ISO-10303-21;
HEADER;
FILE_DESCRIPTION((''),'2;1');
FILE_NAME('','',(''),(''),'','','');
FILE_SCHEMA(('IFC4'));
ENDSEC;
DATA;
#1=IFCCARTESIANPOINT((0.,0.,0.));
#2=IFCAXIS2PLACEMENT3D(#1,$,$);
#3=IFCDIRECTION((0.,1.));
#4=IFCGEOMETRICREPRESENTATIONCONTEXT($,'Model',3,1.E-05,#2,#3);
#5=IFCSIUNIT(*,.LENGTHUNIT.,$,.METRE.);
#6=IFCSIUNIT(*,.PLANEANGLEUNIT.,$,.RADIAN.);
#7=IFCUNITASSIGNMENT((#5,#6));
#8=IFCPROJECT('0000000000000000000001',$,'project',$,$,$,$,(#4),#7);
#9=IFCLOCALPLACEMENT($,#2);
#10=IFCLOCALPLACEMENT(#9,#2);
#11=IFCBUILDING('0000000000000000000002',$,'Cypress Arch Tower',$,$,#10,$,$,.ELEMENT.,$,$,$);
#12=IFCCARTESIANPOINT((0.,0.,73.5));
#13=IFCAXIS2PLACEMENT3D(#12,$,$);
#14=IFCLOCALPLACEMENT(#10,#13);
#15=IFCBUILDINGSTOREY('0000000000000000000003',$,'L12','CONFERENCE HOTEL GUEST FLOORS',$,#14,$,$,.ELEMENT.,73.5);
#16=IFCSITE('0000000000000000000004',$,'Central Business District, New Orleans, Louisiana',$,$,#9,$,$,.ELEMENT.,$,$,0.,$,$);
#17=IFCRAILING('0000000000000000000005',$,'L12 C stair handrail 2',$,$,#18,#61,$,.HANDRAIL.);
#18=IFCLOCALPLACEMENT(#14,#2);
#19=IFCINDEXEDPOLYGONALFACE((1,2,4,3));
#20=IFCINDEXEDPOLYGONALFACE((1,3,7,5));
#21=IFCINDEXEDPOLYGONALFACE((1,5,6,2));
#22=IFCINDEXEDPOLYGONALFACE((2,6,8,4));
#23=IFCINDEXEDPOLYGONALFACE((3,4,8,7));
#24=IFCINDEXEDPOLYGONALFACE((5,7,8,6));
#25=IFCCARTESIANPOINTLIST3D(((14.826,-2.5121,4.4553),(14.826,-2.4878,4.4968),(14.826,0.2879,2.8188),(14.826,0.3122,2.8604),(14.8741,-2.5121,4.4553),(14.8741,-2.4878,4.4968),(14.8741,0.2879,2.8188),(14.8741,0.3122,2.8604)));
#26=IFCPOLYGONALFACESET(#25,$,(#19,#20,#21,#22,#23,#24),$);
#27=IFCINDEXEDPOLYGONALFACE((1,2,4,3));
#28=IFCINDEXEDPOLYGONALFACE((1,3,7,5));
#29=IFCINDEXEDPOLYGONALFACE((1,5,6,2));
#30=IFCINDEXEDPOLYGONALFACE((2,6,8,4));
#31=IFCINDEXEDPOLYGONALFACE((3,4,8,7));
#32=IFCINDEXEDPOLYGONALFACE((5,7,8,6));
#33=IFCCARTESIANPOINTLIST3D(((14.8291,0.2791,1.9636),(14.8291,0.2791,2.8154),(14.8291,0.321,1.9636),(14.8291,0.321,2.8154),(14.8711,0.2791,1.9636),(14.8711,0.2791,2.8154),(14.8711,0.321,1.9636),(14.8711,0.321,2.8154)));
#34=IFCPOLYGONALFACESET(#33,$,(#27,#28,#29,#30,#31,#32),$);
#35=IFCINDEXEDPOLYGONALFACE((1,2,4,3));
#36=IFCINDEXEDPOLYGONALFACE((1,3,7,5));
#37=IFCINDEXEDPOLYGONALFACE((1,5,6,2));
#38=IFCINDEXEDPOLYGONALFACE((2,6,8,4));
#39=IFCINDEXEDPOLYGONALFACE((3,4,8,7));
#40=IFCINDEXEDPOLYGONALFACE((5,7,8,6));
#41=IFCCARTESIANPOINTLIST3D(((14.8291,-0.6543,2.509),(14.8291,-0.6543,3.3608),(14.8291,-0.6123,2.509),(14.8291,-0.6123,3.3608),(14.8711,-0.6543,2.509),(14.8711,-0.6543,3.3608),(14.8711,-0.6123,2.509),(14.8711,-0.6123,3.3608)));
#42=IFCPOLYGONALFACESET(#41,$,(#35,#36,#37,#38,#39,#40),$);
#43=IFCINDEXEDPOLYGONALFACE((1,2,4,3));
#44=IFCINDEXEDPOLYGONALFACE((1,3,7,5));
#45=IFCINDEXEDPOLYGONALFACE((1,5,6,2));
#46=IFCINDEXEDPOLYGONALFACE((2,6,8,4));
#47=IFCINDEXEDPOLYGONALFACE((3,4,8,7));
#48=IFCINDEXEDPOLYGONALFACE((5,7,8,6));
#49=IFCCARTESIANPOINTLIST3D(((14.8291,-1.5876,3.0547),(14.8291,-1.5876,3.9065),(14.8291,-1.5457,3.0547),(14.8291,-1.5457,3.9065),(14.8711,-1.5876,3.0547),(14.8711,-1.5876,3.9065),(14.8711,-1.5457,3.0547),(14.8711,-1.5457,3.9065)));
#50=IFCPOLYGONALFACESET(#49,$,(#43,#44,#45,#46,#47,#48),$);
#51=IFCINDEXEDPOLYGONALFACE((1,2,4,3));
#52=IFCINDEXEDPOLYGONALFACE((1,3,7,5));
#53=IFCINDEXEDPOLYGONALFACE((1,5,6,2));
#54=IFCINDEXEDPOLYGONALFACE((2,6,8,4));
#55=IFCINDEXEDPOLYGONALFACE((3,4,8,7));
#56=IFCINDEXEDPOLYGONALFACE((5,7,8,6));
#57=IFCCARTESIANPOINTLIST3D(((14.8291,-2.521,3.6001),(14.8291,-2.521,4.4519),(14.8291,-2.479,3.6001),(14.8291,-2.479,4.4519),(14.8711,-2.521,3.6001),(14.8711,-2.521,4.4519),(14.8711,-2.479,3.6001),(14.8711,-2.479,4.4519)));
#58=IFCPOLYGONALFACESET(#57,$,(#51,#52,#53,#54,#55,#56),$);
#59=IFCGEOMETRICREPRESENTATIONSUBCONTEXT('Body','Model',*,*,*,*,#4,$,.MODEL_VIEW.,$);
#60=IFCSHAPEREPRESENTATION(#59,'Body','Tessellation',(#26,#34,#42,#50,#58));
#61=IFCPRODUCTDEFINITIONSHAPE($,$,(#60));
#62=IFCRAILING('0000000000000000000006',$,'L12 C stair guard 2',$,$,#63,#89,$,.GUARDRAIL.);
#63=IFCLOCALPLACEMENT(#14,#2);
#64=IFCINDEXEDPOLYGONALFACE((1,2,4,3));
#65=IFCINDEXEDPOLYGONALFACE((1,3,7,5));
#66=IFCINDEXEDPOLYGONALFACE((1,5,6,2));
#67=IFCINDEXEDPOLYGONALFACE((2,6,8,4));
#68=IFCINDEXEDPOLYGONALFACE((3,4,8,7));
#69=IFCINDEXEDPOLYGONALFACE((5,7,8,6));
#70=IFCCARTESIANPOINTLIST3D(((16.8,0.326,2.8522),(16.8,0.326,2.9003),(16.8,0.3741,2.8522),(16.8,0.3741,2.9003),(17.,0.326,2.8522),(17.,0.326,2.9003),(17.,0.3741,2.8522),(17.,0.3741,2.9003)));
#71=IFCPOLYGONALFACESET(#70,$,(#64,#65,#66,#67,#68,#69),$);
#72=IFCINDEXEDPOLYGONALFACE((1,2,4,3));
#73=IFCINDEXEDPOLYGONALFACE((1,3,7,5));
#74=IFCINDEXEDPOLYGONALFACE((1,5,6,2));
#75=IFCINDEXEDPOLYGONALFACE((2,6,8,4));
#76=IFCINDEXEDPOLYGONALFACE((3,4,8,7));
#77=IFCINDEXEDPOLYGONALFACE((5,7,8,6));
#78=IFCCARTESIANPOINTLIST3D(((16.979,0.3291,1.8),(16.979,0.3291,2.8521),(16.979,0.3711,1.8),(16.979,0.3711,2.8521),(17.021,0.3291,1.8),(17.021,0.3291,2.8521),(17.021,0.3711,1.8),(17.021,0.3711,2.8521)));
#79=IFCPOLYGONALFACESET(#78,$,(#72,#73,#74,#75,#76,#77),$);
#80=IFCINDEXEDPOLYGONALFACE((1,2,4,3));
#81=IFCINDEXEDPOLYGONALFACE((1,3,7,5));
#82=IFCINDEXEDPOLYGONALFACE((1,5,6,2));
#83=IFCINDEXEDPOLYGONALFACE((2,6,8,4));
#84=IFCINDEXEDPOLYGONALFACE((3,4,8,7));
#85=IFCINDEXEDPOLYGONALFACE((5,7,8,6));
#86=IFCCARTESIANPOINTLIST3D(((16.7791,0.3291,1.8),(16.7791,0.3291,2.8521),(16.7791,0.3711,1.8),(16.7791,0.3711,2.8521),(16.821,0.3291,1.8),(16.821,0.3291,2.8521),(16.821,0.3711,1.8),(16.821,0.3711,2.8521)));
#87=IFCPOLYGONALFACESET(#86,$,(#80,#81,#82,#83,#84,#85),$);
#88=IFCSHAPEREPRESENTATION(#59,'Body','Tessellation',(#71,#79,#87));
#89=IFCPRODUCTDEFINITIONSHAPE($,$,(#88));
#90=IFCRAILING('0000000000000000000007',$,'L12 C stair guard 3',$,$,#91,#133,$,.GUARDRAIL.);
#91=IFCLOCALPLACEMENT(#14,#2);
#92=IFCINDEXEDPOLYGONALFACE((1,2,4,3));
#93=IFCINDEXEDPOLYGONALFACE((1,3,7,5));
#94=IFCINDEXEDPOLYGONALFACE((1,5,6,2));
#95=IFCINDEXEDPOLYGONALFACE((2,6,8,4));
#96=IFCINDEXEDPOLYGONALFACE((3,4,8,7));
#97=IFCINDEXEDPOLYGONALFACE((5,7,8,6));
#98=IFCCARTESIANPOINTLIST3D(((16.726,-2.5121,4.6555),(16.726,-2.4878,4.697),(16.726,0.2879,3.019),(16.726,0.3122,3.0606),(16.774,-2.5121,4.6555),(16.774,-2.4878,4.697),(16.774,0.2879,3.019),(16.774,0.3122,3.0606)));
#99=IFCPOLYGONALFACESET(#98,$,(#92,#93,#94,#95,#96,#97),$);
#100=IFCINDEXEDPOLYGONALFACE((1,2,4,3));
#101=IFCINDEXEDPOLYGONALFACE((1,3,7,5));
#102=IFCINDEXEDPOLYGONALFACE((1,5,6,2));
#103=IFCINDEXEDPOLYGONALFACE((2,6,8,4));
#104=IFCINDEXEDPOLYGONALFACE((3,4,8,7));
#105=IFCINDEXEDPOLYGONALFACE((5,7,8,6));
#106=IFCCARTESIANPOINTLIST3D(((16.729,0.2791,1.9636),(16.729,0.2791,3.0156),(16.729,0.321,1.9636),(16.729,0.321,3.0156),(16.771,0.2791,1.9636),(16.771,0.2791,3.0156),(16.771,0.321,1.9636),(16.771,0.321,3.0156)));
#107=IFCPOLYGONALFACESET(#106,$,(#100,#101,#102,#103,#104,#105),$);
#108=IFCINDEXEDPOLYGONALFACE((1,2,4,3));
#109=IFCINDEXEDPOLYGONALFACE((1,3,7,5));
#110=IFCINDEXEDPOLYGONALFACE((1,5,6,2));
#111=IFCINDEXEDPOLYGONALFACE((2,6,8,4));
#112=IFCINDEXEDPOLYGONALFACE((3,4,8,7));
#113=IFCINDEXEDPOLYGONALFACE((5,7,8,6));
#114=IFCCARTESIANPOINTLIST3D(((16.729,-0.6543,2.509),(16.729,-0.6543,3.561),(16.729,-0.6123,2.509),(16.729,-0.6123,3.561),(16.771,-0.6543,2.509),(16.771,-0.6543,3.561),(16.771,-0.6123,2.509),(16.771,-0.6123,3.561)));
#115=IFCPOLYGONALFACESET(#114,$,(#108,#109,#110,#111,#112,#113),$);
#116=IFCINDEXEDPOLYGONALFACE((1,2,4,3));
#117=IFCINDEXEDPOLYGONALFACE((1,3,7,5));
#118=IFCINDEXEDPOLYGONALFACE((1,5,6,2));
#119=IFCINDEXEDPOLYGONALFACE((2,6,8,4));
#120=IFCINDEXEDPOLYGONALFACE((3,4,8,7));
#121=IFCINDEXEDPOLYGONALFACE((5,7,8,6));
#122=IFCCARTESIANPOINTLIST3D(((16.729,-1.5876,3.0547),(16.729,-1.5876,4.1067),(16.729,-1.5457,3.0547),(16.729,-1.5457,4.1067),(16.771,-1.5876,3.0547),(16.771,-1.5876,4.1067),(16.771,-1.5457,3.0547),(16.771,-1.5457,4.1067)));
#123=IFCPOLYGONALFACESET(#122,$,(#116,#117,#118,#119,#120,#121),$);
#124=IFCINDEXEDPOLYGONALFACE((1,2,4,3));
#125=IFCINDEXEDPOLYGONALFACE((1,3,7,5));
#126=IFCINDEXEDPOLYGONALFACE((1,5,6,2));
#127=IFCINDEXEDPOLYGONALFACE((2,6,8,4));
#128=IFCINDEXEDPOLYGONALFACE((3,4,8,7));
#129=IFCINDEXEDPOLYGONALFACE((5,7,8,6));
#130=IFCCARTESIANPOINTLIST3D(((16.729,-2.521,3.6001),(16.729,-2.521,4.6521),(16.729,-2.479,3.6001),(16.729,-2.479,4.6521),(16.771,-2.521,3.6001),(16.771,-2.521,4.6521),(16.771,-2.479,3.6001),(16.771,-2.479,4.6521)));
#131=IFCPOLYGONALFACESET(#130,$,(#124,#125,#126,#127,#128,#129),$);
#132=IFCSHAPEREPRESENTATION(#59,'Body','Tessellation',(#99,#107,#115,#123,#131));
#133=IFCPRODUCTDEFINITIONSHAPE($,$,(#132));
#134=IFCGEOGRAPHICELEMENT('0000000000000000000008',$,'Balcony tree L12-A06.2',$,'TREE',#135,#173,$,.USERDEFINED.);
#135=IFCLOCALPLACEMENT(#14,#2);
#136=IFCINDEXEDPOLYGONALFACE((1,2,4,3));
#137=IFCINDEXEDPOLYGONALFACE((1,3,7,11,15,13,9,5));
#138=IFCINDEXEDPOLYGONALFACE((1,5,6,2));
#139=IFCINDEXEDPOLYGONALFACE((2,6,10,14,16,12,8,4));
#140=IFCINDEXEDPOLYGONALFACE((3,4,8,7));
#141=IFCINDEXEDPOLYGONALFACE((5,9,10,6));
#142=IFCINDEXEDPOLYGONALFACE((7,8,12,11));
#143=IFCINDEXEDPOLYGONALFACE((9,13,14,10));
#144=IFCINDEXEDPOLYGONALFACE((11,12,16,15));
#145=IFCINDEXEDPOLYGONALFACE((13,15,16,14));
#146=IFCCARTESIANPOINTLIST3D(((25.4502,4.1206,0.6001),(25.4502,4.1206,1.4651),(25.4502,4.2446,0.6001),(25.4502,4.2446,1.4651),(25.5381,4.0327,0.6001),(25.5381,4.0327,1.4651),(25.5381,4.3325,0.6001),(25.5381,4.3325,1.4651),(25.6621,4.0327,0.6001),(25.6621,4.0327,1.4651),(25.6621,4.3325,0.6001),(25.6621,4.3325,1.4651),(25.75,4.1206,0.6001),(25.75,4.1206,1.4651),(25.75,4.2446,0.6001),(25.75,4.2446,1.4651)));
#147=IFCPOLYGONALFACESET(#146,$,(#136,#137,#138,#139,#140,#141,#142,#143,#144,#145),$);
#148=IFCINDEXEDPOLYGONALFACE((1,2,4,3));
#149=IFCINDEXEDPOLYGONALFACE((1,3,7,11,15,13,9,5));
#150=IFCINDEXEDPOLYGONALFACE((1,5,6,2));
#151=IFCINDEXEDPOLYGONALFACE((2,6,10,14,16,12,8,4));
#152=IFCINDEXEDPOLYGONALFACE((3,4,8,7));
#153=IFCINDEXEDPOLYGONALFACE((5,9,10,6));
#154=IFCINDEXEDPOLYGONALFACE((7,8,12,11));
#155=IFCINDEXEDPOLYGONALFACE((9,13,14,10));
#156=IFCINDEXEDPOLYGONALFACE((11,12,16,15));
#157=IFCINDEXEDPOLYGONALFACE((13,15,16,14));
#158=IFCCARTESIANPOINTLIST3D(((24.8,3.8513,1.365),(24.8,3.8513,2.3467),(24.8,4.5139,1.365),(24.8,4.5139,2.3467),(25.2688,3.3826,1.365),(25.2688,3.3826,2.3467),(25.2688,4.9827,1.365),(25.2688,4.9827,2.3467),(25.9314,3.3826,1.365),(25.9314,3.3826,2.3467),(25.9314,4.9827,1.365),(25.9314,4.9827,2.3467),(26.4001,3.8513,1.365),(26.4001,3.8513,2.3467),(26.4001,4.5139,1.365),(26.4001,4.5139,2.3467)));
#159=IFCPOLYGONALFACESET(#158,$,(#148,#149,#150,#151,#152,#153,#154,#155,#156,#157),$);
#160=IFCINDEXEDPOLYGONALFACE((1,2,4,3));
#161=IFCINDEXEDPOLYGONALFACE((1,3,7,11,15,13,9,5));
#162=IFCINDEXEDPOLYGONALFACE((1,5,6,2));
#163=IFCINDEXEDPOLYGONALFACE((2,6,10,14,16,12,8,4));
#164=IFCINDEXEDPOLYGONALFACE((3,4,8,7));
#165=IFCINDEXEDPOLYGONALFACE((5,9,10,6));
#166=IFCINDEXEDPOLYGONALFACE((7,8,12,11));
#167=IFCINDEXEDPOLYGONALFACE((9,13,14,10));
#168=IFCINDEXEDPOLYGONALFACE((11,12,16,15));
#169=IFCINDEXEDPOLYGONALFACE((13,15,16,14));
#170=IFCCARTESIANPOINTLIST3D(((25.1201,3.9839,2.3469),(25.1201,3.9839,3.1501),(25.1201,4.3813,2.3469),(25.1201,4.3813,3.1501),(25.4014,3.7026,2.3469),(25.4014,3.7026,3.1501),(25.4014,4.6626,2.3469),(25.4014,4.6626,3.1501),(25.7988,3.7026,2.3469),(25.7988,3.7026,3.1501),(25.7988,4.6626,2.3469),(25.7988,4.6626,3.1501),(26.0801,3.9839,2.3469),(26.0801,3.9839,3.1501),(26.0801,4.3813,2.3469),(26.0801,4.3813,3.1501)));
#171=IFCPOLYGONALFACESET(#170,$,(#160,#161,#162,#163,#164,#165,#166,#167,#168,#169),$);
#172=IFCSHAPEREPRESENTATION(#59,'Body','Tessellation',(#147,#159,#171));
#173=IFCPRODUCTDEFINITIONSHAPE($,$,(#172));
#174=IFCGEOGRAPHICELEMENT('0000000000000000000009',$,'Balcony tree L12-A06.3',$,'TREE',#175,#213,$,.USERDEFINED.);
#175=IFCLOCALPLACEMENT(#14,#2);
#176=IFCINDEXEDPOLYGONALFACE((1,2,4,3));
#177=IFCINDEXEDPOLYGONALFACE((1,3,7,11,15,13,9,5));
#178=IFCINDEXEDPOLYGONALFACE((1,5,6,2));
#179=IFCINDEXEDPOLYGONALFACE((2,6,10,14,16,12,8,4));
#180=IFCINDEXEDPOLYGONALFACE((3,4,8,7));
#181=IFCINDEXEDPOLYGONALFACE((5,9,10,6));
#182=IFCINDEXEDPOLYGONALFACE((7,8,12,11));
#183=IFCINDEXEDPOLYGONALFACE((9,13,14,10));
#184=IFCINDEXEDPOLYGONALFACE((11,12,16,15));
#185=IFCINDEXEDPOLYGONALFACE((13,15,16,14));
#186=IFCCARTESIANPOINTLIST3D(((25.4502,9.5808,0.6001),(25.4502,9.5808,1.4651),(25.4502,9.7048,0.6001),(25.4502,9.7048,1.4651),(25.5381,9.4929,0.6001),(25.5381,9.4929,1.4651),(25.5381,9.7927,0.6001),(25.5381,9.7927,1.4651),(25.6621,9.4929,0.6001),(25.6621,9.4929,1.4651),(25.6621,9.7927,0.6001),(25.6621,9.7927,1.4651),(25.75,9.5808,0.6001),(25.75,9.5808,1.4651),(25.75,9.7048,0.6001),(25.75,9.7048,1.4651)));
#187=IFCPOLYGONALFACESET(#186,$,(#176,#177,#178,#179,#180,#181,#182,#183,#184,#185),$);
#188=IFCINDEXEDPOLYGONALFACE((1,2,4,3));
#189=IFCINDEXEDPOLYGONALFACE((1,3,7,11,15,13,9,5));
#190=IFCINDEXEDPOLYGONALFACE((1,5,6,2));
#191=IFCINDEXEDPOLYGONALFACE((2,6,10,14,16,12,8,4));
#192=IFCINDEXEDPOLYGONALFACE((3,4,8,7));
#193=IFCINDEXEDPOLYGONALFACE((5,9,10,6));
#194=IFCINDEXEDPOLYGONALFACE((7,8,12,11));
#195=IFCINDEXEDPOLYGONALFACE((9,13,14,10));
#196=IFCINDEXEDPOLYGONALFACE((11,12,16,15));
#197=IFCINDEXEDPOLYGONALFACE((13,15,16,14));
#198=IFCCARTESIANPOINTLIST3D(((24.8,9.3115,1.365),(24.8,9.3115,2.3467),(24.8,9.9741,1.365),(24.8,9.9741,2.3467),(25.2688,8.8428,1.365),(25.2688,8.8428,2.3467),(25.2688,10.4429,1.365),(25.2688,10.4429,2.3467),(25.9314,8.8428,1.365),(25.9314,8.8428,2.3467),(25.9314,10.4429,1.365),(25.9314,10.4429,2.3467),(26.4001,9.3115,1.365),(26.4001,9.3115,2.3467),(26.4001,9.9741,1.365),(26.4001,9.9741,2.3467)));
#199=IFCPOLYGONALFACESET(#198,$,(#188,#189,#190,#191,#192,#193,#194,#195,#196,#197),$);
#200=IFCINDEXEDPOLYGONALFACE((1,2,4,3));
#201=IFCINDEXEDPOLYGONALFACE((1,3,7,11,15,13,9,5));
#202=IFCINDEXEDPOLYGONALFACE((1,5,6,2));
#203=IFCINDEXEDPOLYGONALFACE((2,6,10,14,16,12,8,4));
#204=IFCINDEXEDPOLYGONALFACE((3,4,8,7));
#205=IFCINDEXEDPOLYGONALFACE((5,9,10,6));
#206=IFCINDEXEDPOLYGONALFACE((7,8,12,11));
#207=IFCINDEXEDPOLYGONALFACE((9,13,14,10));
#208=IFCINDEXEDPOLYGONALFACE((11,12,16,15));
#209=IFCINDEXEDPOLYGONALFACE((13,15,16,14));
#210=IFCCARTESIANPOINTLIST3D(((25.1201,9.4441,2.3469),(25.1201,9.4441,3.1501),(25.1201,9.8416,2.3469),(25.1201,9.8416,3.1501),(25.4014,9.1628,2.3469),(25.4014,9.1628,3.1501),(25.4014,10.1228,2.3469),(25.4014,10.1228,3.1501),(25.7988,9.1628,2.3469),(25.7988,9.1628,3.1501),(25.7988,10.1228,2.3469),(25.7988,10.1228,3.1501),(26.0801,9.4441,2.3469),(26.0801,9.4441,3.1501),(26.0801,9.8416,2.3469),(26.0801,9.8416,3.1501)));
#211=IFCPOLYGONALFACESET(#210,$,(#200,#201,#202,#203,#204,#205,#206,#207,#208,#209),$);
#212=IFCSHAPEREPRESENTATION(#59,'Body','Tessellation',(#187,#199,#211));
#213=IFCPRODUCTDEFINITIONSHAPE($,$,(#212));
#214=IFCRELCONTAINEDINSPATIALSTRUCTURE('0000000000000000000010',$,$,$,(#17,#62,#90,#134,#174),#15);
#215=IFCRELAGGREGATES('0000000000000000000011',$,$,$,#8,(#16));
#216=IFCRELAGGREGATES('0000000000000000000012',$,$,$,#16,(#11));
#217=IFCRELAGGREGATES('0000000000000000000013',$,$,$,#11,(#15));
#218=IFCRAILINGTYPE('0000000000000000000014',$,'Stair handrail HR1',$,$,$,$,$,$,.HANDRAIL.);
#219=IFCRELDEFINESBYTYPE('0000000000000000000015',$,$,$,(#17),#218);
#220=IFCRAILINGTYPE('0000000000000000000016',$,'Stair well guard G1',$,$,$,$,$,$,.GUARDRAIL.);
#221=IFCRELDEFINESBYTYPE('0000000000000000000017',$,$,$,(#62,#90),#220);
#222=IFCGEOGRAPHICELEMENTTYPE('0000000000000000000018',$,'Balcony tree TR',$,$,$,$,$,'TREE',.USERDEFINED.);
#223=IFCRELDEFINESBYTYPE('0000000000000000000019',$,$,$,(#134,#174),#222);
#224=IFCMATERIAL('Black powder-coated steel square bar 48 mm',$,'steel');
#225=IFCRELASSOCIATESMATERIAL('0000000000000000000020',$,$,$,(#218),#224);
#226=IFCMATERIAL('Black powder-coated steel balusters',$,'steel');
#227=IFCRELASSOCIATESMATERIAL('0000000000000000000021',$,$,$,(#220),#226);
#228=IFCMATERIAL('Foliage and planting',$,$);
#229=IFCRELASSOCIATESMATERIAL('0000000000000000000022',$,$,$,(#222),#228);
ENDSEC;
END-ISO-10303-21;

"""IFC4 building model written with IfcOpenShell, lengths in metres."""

from ifc_helpers import new_model, si_unit, direction, frame, origin, origin_2d, place, context, subcontext, project, spatial, polyline, rectangle, outline, extrude, material, type_object, element, save


model = new_model("IFC4")

# Units and contexts
model_context = context("Model", 3, precision=1e-05, world=origin(), true_north=direction((0.0, 1.0)))
body_context = subcontext(model_context, "Body", "Model", "MODEL_VIEW")
ifc_project = project(units=[si_unit("LENGTHUNIT", "METRE"), si_unit("PLANEANGLEUNIT", "RADIAN")], contexts=[model_context])

# Site, building, storey
site_placement = place(None, origin())
site = spatial("IfcSite", under=ifc_project, at=site_placement, Name="Central Business District, New Orleans, Louisiana", CompositionType="ELEMENT", RefElevation=0.0)
building_placement = place(site_placement, origin())
building = spatial("IfcBuilding", under=site, at=building_placement, Name="Cypress Arch Tower", CompositionType="ELEMENT")
storey_placement = place(building_placement, frame((0.0, 0.0, 73.5)))
storey = spatial("IfcBuildingStorey", under=building, at=storey_placement, Name="L12", Description="CONFERENCE HOTEL GUEST FLOORS", CompositionType="ELEMENT", Elevation=73.5)

# Railings
ifc_material_1 = material(Name="Black powder-coated steel square bar 48 mm", Category="steel")
railing_type_1 = type_object("IfcRailingType", Name="Stair handrail HR1", PredefinedType="HANDRAIL", material=ifc_material_1)
railing_1_placement = place(storey_placement, frame((14.8501, 0.3, 1.9636)))
element("IfcRailing", 1, at=railing_1_placement, inside=storey, type_object=railing_type_1, Name="L12 C stair handrail 2", PredefinedType="HANDRAIL", context=body_context, shape_type="SweptSolid", body=[
    extrude(rectangle(XDim=0.0481, YDim=0.0481, at=origin_2d()), frame((0.0, 0.0, 0.876), z_axis=(0.0, -0.863361, 0.504587), x_axis=(1.0, 0.0, 0.0)), (0.0, 0.0, 1.0), 3.2432),
    extrude(rectangle(XDim=0.042, YDim=0.042, at=origin_2d()), origin(), (0.0, 0.0, 1.0), 0.8518),
    extrude(rectangle(XDim=0.042, YDim=0.042, at=origin_2d()), frame((0.0, -0.9333, 0.5454)), (0.0, 0.0, 1.0), 0.8518),
    extrude(rectangle(XDim=0.042, YDim=0.042, at=origin_2d()), frame((0.0, -1.8667, 1.0911)), (0.0, 0.0, 1.0), 0.8518),
    extrude(rectangle(XDim=0.042, YDim=0.042, at=origin_2d()), frame((0.0, -2.8, 1.6365)), (0.0, 0.0, 1.0), 0.8518),
])
ifc_material_2 = material(Name="Black powder-coated steel balusters", Category="steel")
railing_type_2 = type_object("IfcRailingType", Name="Stair well guard G1", PredefinedType="GUARDRAIL", material=ifc_material_2)
railing_2_placement = place(storey_placement, frame((17.0, 0.3501, 1.8)))
element("IfcRailing", 2, at=railing_2_placement, inside=storey, type_object=railing_type_2, Name="L12 C stair guard 2", PredefinedType="GUARDRAIL", context=body_context, shape_type="SweptSolid", body=[
    extrude(rectangle(XDim=0.0481, YDim=0.0481, at=origin_2d()), frame((0.0, 0.0, 1.0762), z_axis=(-1.0, 0.0, 0.0), x_axis=(0.0, -1.0, 0.0)), (0.0, 0.0, 1.0), 0.2),
    extrude(rectangle(XDim=0.042, YDim=0.042, at=origin_2d()), origin(), (0.0, 0.0, 1.0), 1.052),
    extrude(rectangle(XDim=0.042, YDim=0.042, at=origin_2d()), frame((-0.2, 0.0, 0.0)), (0.0, 0.0, 1.0), 1.052),
])
railing_3_placement = place(storey_placement, frame((16.75, 0.3, 1.9636)))
element("IfcRailing", 3, at=railing_3_placement, inside=storey, type_object=railing_type_2, Name="L12 C stair guard 3", PredefinedType="GUARDRAIL", context=body_context, shape_type="SweptSolid", body=[
    extrude(rectangle(XDim=0.0481, YDim=0.0481, at=origin_2d()), frame((0.0, 0.0, 1.0762), z_axis=(0.0, -0.863361, 0.504587), x_axis=(1.0, 0.0, 0.0)), (0.0, 0.0, 1.0), 3.2432),
    extrude(rectangle(XDim=0.042, YDim=0.042, at=origin_2d()), origin(), (0.0, 0.0, 1.0), 1.052),
    extrude(rectangle(XDim=0.042, YDim=0.042, at=origin_2d()), frame((0.0, -0.9333, 0.5454)), (0.0, 0.0, 1.0), 1.052),
    extrude(rectangle(XDim=0.042, YDim=0.042, at=origin_2d()), frame((0.0, -1.8667, 1.0911)), (0.0, 0.0, 1.0), 1.052),
    extrude(rectangle(XDim=0.042, YDim=0.042, at=origin_2d()), frame((0.0, -2.8, 1.6365)), (0.0, 0.0, 1.0), 1.052),
])

# Geographic elements
ifc_material_3 = material(Name="Foliage and planting")
geographic_element_type = type_object("IfcGeographicElementType", Name="Balcony tree TR", ElementType="TREE", PredefinedType="USERDEFINED", material=ifc_material_3)
for number, where, z_axis, x_axis, name in (
    (4, (25.6001, 4.1826, 0.6001), (0.0, 0.0, 1.0), (1.0, 0.0, 0.0), "Balcony tree L12-A06.2"),
    (5, (25.6001, 9.6428, 0.6001), (0.0, 0.0, 1.0), (1.0, 0.0, 0.0), "Balcony tree L12-A06.3"),
):
    element("IfcGeographicElement", number, at=place(storey_placement, frame(where, z_axis=z_axis, x_axis=x_axis)), inside=storey, type_object=geographic_element_type, Name=name, ObjectType="TREE", PredefinedType="USERDEFINED", context=body_context, shape_type="SweptSolid", body=[
        extrude(outline(polyline([(0.1499, 0.062), (0.062, 0.1499), (-0.062, 0.1499), (-0.1499, 0.062), (-0.1499, -0.062), (-0.062, -0.1499), (0.062, -0.1499), (0.1499, -0.062), (0.1499, 0.062)])), origin(), (0.0, 0.0, 1.0), 0.865),
        extrude(outline(polyline([(0.8, 0.3313), (0.3313, 0.8), (-0.3313, 0.8), (-0.8, 0.3313), (-0.8, -0.3313), (-0.3313, -0.8), (0.3313, -0.8), (0.8, -0.3313), (0.8, 0.3313)])), frame((0.0, 0.0, 0.7649)), (0.0, 0.0, 1.0), 0.9817),
        extrude(outline(polyline([(0.48, 0.1987), (0.1987, 0.48), (-0.1987, 0.48), (-0.48, 0.1987), (-0.48, -0.1987), (-0.1987, -0.48), (0.1987, -0.48), (0.48, -0.1987), (0.48, 0.1987)])), frame((0.0, 0.0, 1.7468)), (0.0, 0.0, 1.0), 0.8032),
    ])

save(model, "model.ifc")
